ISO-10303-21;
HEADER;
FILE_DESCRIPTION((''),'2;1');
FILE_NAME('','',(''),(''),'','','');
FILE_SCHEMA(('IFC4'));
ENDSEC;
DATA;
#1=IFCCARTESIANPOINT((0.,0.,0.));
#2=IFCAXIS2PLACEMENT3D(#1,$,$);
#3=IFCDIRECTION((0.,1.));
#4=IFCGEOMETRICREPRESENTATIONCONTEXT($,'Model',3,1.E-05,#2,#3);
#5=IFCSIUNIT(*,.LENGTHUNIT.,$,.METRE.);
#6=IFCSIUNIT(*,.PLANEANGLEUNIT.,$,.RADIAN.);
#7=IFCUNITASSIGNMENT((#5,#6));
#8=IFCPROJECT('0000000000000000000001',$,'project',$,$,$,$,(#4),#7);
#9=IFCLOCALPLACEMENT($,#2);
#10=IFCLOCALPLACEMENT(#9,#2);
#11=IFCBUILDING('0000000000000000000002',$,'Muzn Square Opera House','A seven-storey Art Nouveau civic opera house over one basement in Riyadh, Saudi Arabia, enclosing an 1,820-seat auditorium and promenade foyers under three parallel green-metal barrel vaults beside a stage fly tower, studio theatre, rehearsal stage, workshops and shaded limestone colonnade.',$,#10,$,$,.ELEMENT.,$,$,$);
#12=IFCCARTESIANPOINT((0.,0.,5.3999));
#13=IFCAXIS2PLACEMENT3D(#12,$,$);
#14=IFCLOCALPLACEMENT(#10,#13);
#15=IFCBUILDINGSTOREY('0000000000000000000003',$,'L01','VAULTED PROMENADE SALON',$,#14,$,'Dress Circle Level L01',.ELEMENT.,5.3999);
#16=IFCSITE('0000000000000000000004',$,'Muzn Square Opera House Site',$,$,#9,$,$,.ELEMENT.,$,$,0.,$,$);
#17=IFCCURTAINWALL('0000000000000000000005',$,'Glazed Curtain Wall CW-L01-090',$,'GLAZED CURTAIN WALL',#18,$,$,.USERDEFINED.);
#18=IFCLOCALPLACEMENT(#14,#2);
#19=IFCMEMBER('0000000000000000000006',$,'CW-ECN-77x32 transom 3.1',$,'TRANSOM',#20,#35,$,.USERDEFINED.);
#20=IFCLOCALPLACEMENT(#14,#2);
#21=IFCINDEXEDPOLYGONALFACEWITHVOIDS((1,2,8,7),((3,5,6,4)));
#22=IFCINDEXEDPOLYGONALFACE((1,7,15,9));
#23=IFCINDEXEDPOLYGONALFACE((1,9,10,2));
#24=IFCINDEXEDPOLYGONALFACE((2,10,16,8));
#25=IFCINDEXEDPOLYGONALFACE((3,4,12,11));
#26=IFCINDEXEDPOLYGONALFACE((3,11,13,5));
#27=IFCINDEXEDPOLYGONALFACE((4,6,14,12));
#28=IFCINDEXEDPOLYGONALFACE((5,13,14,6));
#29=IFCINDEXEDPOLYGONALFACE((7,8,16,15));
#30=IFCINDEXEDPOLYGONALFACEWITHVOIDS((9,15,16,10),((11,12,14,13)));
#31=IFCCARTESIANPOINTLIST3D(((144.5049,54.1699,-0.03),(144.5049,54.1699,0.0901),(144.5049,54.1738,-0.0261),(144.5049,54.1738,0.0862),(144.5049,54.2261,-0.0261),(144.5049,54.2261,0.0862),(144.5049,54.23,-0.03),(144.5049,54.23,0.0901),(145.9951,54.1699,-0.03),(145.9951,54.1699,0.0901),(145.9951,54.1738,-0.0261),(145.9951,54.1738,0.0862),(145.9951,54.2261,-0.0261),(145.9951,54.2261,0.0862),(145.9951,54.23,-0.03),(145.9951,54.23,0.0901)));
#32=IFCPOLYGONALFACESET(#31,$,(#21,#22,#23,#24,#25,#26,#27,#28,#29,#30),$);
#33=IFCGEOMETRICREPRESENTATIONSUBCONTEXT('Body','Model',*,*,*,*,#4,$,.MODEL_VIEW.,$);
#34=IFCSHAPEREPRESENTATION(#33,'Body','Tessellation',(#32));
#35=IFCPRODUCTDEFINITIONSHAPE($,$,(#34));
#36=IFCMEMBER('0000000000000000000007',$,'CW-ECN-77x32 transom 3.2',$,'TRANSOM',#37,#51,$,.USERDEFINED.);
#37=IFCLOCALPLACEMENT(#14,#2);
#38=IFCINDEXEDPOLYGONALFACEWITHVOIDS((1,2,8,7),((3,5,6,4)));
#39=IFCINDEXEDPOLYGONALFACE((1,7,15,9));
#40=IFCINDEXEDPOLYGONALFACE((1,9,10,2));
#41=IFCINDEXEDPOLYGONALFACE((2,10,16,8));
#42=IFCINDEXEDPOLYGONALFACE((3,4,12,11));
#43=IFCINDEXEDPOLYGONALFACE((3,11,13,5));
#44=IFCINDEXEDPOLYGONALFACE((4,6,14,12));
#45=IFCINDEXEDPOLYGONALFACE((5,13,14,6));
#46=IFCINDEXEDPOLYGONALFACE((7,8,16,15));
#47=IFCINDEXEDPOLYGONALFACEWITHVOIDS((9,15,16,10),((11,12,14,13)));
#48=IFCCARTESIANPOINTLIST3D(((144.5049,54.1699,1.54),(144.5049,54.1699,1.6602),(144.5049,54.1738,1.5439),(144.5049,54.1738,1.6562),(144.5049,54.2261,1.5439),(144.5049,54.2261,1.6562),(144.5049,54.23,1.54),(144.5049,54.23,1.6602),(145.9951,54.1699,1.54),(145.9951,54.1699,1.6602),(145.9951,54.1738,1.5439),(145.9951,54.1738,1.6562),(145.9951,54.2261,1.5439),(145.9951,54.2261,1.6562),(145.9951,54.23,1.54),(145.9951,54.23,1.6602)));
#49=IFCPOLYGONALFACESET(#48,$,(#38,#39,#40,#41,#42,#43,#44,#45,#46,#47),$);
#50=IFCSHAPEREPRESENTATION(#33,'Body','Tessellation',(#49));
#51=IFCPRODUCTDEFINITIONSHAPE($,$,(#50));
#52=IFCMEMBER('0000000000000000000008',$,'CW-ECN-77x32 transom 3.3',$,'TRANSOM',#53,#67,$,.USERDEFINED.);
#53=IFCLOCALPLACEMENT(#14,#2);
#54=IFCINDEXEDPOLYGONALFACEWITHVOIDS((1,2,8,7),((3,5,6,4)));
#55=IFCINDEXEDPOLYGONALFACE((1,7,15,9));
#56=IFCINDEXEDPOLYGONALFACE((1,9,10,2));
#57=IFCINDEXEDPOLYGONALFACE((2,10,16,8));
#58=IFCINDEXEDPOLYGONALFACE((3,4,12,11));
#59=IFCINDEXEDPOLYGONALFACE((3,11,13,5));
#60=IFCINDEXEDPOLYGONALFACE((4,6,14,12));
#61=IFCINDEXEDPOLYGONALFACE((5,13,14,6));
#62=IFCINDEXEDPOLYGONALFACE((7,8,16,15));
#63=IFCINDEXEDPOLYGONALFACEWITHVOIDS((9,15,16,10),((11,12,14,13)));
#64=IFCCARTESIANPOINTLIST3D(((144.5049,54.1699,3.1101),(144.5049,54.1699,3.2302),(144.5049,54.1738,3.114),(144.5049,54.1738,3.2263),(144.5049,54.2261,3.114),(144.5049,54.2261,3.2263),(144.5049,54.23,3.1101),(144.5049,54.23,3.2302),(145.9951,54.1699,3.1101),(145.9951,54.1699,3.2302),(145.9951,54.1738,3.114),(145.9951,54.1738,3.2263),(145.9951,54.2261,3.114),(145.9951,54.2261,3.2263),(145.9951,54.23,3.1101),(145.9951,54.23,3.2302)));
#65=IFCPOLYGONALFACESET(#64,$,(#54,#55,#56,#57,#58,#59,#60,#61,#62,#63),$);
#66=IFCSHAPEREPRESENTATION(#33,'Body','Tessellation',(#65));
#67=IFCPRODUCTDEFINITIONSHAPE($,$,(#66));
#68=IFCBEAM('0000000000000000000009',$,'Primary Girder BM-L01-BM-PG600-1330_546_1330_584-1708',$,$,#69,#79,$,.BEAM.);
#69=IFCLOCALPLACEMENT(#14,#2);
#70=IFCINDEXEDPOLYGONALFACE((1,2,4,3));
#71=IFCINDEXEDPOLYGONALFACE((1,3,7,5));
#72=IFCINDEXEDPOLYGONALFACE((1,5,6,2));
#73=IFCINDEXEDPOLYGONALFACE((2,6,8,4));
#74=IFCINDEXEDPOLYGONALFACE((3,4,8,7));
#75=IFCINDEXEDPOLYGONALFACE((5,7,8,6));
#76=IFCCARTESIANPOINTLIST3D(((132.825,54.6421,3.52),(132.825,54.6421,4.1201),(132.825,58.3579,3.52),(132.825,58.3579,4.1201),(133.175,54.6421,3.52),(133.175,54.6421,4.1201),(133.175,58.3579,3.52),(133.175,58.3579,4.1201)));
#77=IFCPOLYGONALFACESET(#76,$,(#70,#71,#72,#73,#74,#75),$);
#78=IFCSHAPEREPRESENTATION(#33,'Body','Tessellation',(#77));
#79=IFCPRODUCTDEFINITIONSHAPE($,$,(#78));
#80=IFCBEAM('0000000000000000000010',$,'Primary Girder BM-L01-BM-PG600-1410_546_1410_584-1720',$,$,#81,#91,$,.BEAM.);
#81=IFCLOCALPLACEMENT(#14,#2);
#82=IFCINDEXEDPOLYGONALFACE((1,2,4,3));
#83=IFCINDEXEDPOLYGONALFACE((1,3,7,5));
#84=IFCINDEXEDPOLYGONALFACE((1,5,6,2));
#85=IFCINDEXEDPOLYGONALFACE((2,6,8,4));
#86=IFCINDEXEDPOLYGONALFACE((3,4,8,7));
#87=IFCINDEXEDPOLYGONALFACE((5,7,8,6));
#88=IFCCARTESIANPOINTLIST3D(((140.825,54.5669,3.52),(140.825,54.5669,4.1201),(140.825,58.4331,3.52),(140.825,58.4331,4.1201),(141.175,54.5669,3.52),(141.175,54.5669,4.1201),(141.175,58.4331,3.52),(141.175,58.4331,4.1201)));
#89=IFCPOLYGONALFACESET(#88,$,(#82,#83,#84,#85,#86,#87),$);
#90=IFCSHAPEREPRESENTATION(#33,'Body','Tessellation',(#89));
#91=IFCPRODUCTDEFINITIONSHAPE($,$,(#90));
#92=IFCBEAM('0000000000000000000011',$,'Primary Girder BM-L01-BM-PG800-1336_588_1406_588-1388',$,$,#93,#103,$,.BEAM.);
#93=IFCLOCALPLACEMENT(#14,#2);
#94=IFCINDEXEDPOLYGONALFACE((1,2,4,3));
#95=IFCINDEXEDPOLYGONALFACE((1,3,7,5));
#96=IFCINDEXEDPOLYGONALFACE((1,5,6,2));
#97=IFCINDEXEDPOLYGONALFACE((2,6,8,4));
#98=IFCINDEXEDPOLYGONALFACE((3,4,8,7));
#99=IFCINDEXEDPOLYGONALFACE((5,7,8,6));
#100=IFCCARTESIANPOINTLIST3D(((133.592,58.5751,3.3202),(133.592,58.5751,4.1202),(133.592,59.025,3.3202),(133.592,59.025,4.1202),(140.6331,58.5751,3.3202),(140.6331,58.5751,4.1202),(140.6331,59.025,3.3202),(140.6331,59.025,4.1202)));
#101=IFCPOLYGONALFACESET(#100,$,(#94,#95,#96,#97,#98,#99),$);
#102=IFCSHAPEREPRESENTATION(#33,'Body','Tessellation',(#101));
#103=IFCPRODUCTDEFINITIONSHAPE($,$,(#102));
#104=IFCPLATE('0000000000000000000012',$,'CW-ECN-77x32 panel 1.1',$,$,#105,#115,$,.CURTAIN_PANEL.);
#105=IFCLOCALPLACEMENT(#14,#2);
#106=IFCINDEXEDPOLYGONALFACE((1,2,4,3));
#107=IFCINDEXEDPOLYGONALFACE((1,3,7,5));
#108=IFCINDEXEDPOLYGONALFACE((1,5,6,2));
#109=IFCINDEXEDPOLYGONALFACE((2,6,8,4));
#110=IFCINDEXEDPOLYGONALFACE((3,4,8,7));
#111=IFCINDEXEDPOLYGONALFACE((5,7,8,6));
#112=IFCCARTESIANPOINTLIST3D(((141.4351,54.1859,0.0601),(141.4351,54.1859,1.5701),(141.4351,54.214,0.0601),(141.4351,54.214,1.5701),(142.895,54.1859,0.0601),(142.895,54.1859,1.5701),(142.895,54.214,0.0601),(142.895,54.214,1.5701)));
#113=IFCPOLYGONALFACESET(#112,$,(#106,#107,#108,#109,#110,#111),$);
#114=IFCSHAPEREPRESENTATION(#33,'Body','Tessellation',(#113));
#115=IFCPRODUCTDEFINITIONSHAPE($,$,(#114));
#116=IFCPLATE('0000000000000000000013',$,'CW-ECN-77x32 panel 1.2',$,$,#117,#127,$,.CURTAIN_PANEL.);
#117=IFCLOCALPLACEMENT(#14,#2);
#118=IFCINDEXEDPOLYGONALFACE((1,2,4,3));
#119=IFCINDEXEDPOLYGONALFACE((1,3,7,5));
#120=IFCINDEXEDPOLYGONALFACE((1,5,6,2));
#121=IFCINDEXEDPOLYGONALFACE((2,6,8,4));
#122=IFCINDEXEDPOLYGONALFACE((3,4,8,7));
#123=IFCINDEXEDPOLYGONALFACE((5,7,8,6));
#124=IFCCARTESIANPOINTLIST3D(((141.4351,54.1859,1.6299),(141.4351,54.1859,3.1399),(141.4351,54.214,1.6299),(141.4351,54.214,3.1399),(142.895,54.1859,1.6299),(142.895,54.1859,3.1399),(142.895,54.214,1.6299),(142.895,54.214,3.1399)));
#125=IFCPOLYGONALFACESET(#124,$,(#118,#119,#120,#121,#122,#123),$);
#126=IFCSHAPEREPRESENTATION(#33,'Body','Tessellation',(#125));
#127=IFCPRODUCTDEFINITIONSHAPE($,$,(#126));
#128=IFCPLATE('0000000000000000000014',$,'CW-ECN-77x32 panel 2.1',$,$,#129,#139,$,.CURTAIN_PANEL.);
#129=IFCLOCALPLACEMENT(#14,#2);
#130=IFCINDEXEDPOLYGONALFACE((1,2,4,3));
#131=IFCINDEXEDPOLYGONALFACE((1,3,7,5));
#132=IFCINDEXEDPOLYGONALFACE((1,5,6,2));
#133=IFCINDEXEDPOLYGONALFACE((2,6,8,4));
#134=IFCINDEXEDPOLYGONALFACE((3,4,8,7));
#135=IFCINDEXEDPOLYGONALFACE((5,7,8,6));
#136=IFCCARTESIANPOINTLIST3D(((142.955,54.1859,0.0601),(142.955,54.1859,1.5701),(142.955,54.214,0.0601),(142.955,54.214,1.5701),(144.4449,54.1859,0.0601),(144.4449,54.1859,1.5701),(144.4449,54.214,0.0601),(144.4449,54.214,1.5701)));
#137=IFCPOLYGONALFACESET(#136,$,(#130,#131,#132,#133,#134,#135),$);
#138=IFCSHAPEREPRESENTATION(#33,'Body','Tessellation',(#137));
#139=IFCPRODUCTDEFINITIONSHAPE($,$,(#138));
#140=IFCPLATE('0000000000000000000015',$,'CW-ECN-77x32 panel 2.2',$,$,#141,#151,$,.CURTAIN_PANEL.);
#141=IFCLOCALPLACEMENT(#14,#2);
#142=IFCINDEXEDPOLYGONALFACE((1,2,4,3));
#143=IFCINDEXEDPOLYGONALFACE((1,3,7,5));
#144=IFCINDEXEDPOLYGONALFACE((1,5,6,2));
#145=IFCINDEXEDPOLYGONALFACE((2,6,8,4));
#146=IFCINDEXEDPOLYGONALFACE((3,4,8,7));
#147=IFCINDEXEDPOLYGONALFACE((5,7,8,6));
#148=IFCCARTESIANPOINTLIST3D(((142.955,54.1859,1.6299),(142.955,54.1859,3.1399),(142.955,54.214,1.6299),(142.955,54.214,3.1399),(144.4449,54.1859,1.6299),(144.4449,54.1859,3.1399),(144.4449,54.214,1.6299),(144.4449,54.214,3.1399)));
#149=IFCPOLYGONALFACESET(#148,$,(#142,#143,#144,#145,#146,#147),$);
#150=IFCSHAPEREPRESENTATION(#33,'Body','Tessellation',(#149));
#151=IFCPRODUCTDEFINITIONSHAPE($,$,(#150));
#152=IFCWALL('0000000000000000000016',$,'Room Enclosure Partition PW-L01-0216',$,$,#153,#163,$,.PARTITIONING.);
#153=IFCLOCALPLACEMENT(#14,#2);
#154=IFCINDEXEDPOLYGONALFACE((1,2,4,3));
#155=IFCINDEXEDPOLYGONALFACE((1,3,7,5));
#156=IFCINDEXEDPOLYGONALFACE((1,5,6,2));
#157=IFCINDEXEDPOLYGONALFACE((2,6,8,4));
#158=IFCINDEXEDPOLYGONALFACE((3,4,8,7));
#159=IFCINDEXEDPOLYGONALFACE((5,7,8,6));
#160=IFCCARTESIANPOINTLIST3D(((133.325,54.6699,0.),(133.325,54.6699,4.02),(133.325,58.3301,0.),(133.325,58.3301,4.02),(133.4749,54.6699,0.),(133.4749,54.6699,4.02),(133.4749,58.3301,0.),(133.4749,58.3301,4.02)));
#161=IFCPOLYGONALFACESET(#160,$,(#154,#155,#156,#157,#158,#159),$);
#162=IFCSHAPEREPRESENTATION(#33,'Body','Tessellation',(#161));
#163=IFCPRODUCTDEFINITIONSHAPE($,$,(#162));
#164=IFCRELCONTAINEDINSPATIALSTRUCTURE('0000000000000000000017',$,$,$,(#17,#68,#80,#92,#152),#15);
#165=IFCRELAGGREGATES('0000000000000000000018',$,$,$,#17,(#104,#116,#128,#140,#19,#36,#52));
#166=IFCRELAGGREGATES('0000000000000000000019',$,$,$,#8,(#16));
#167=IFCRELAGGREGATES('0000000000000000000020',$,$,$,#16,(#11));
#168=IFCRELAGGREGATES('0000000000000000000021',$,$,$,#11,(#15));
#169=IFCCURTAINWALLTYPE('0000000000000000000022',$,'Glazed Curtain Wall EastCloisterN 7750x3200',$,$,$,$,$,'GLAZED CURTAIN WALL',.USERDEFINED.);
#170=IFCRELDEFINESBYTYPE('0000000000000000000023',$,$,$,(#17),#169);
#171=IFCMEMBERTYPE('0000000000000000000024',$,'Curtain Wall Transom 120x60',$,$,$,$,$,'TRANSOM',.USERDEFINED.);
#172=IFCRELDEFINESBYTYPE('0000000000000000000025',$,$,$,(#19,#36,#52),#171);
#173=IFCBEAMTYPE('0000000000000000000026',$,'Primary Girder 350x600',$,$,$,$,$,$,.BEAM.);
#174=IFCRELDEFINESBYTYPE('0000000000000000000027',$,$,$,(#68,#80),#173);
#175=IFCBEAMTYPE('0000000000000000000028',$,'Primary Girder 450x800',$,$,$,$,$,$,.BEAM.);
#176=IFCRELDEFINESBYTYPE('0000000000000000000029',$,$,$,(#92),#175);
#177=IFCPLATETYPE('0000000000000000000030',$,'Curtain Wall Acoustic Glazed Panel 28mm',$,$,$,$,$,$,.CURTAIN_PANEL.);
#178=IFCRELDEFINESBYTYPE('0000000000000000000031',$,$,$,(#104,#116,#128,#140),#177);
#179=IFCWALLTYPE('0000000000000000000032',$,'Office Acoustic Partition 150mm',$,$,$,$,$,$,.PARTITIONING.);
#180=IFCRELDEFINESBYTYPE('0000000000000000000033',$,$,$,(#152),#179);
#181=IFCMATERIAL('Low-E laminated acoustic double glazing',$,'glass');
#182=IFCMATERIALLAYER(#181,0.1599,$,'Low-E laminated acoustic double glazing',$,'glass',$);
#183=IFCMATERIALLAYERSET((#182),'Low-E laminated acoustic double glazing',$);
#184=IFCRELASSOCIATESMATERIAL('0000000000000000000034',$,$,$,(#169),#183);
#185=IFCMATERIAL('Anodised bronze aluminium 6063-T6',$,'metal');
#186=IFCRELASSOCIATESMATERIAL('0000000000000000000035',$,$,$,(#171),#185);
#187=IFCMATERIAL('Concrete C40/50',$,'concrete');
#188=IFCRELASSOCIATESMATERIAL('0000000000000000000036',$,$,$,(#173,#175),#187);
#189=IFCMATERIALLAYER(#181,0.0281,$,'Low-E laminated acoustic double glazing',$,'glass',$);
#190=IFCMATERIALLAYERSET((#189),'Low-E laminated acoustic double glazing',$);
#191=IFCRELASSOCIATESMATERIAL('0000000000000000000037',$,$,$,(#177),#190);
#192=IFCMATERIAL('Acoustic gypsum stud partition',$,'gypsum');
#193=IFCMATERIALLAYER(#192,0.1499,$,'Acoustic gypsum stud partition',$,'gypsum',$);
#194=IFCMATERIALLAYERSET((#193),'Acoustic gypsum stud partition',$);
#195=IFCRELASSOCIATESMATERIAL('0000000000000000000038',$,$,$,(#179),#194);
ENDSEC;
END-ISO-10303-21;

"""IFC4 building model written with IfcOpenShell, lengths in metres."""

from ifc_helpers import new_model, si_unit, direction, frame, frame_2d, origin, origin_2d, place, context, subcontext, project, spatial, rectangle, hollow_rectangle, extrude, material, layer, layer_set, material_profile, profile_set, type_object, element, aggregate, save


model = new_model("IFC4")

# Units and contexts
model_context = context("Model", 3, precision=1e-05, world=origin(), true_north=direction((0.0, 1.0)))
body_context = subcontext(model_context, "Body", "Model", "MODEL_VIEW")
ifc_project = project(units=[si_unit("LENGTHUNIT", "METRE"), si_unit("PLANEANGLEUNIT", "RADIAN")], contexts=[model_context])

# Site, building, storey
site_placement = place(None, origin())
site = spatial("IfcSite", under=ifc_project, at=site_placement, Name="Muzn Square Opera House Site", CompositionType="ELEMENT", RefElevation=0.0)
building_placement = place(site_placement, origin())
building = spatial("IfcBuilding", under=site, at=building_placement, Name="Muzn Square Opera House", Description="A seven-storey Art Nouveau civic opera house over one basement in Riyadh, Saudi Arabia, enclosing an 1,820-seat auditorium and promenade foyers under three parallel green-metal barrel vaults beside a stage fly tower, studio theatre, rehearsal stage, workshops and shaded limestone colonnade.", CompositionType="ELEMENT")
storey_placement = place(building_placement, frame((0.0, 0.0, 5.3999)))
storey = spatial("IfcBuildingStorey", under=building, at=storey_placement, Name="L01", Description="VAULTED PROMENADE SALON", LongName="Dress Circle Level L01", CompositionType="ELEMENT", Elevation=5.3999)

# Curtain wall, members
ifc_material_1 = material(Name="Low-E laminated acoustic double glazing", Category="glass")
ifc_layer_1 = layer(ifc_material_1, 0.1599, Name="Low-E laminated acoustic double glazing", Category="glass")
ifc_layer_set_1 = layer_set([ifc_layer_1], Name="Low-E laminated acoustic double glazing")
curtain_wall_type = type_object("IfcCurtainWallType", Name="Glazed Curtain Wall EastCloisterN 7750x3200", ElementType="GLAZED CURTAIN WALL", PredefinedType="USERDEFINED", material=ifc_layer_set_1)
curtain_wall_placement = place(storey_placement, origin())
curtain_wall = element("IfcCurtainWall", 1, at=curtain_wall_placement, inside=storey, type_object=curtain_wall_type, Name="Glazed Curtain Wall CW-L01-090", ObjectType="GLAZED CURTAIN WALL", PredefinedType="USERDEFINED")
ifc_material_2 = material(Name="Anodised bronze aluminium 6063-T6", Category="metal")
ifc_material_profile_1 = material_profile(ifc_material_2, hollow_rectangle(XDim=0.0601, YDim=0.1201, WallThickness=0.0039, at=origin_2d()), Name="ALU 120x60x4", Category="metal")
ifc_profile_set_1 = profile_set([ifc_material_profile_1], Name="Anodised bronze aluminium 6063-T6")
member_type_1 = type_object("IfcMemberType", Name="Curtain Wall Transom 120x60", ElementType="TRANSOM", PredefinedType="USERDEFINED", material=ifc_profile_set_1)
member_1_placement = place(storey_placement, frame((144.5049, 54.2, 0.03), z_axis=(1.0, 0.0, 0.0), x_axis=(0.0, 1.0, 0.0)))
member_1 = element("IfcMember", 2, at=member_1_placement, type_object=member_type_1, Name="CW-ECN-77x32 transom 3.1", ObjectType="TRANSOM", PredefinedType="USERDEFINED", context=body_context, shape_type="SweptSolid", body=[
    extrude(hollow_rectangle(XDim=0.0601, YDim=0.1201, WallThickness=0.0039, at=origin_2d()), origin(), (0.0, 0.0, 1.0), 1.4902),
])
member_2_placement = place(storey_placement, frame((144.5049, 54.2, 1.6001), z_axis=(1.0, 0.0, 0.0), x_axis=(0.0, 1.0, 0.0)))
member_2 = element("IfcMember", 3, at=member_2_placement, type_object=member_type_1, Name="CW-ECN-77x32 transom 3.2", ObjectType="TRANSOM", PredefinedType="USERDEFINED", context=body_context, shape_type="SweptSolid", body=[
    extrude(hollow_rectangle(XDim=0.0601, YDim=0.1201, WallThickness=0.0039, at=origin_2d()), origin(), (0.0, 0.0, 1.0), 1.4902),
])
member_3_placement = place(storey_placement, frame((144.5049, 54.2, 3.1702), z_axis=(1.0, 0.0, 0.0), x_axis=(0.0, 1.0, 0.0)))
member_3 = element("IfcMember", 4, at=member_3_placement, type_object=member_type_1, Name="CW-ECN-77x32 transom 3.3", ObjectType="TRANSOM", PredefinedType="USERDEFINED", context=body_context, shape_type="SweptSolid", body=[
    extrude(hollow_rectangle(XDim=0.0601, YDim=0.1201, WallThickness=0.0039, at=origin_2d()), origin(), (0.0, 0.0, 1.0), 1.4902),
])

# Beams
ifc_material_3 = material(Name="Concrete C40/50", Category="concrete")
ifc_material_profile_2 = material_profile(ifc_material_3, rectangle(XDim=0.3501, YDim=0.6001, at=origin_2d()), Name="RCB 350x600", Category="concrete")
ifc_profile_set_2 = profile_set([ifc_material_profile_2], Name="Concrete C40/50")
beam_type_1 = type_object("IfcBeamType", Name="Primary Girder 350x600", PredefinedType="BEAM", material=ifc_profile_set_2)
beam_1_placement = place(storey_placement, frame((133.0, 54.6421, 3.8201), z_axis=(0.0, 1.0, 0.0), x_axis=(-1.0, 0.0, 0.0)))
element("IfcBeam", 5, at=beam_1_placement, inside=storey, type_object=beam_type_1, Name="Primary Girder BM-L01-BM-PG600-1330_546_1330_584-1708", PredefinedType="BEAM", context=body_context, shape_type="SweptSolid", body=[
    extrude(rectangle(XDim=0.3501, YDim=0.6001, at=origin_2d()), origin(), (0.0, 0.0, 1.0), 3.7158),
])
beam_2_placement = place(storey_placement, frame((141.0, 54.5669, 3.8201), z_axis=(0.0, 1.0, 0.0), x_axis=(-1.0, 0.0, 0.0)))
element("IfcBeam", 6, at=beam_2_placement, inside=storey, type_object=beam_type_1, Name="Primary Girder BM-L01-BM-PG600-1410_546_1410_584-1720", PredefinedType="BEAM", context=body_context, shape_type="SweptSolid", body=[
    extrude(rectangle(XDim=0.3501, YDim=0.6001, at=origin_2d()), origin(), (0.0, 0.0, 1.0), 3.8662),
])
ifc_material_profile_3 = material_profile(ifc_material_3, rectangle(XDim=0.45, YDim=0.8, at=origin_2d()), Name="RCB 450x800", Category="concrete")
ifc_profile_set_3 = profile_set([ifc_material_profile_3], Name="Concrete C40/50")
beam_type_2 = type_object("IfcBeamType", Name="Primary Girder 450x800", PredefinedType="BEAM", material=ifc_profile_set_3)
beam_3_placement = place(storey_placement, frame((133.592, 58.8, 3.7202), z_axis=(1.0, 0.0, 0.0), x_axis=(0.0, 1.0, 0.0)))
element("IfcBeam", 7, at=beam_3_placement, inside=storey, type_object=beam_type_2, Name="Primary Girder BM-L01-BM-PG800-1336_588_1406_588-1388", PredefinedType="BEAM", context=body_context, shape_type="SweptSolid", body=[
    extrude(rectangle(XDim=0.45, YDim=0.8, at=origin_2d()), origin(), (0.0, 0.0, 1.0), 7.041),
])

# Plates
ifc_layer_2 = layer(ifc_material_1, 0.0281, Name="Low-E laminated acoustic double glazing", Category="glass")
ifc_layer_set_2 = layer_set([ifc_layer_2], Name="Low-E laminated acoustic double glazing")
plate_type = type_object("IfcPlateType", Name="Curtain Wall Acoustic Glazed Panel 28mm", PredefinedType="CURTAIN_PANEL", material=ifc_layer_set_2)
plate_1_placement = place(storey_placement, frame((142.165, 54.2, 0.0601), z_axis=(0.0, 0.0, 1.0), x_axis=(1.0, 0.0, 0.0)))
plate_1 = element("IfcPlate", 8, at=plate_1_placement, type_object=plate_type, Name="CW-ECN-77x32 panel 1.1", PredefinedType="CURTAIN_PANEL", context=body_context, shape_type="SweptSolid", body=[
    extrude(rectangle(XDim=1.46, YDim=0.0281, at=origin_2d()), origin(), (0.0, 0.0, 1.0), 1.51),
])
plate_2_placement = place(storey_placement, frame((142.165, 54.2, 1.6299), z_axis=(0.0, 0.0, 1.0), x_axis=(1.0, 0.0, 0.0)))
plate_2 = element("IfcPlate", 9, at=plate_2_placement, type_object=plate_type, Name="CW-ECN-77x32 panel 1.2", PredefinedType="CURTAIN_PANEL", context=body_context, shape_type="SweptSolid", body=[
    extrude(rectangle(XDim=1.46, YDim=0.0281, at=origin_2d()), origin(), (0.0, 0.0, 1.0), 1.51),
])
plate_3_placement = place(storey_placement, frame((143.7, 54.2, 0.0601), z_axis=(0.0, 0.0, 1.0), x_axis=(1.0, 0.0, 0.0)))
plate_3 = element("IfcPlate", 10, at=plate_3_placement, type_object=plate_type, Name="CW-ECN-77x32 panel 2.1", PredefinedType="CURTAIN_PANEL", context=body_context, shape_type="SweptSolid", body=[
    extrude(rectangle(XDim=1.49, YDim=0.0281, at=origin_2d()), origin(), (0.0, 0.0, 1.0), 1.51),
])
plate_4_placement = place(storey_placement, frame((143.7, 54.2, 1.6299), z_axis=(0.0, 0.0, 1.0), x_axis=(1.0, 0.0, 0.0)))
plate_4 = element("IfcPlate", 11, at=plate_4_placement, type_object=plate_type, Name="CW-ECN-77x32 panel 2.2", PredefinedType="CURTAIN_PANEL", context=body_context, shape_type="SweptSolid", body=[
    extrude(rectangle(XDim=1.49, YDim=0.0281, at=origin_2d()), origin(), (0.0, 0.0, 1.0), 1.51),
])
aggregate(curtain_wall, [plate_1, plate_2, plate_3, plate_4, member_1, member_2, member_3])

# Wall
ifc_material_4 = material(Name="Acoustic gypsum stud partition", Category="gypsum")
ifc_layer_3 = layer(ifc_material_4, 0.1499, Name="Acoustic gypsum stud partition", Category="gypsum")
ifc_layer_set_3 = layer_set([ifc_layer_3], Name="Acoustic gypsum stud partition")
wall_type = type_object("IfcWallType", Name="Office Acoustic Partition 150mm", PredefinedType="PARTITIONING", material=ifc_layer_set_3)
wall_placement = place(storey_placement, frame((133.3999, 54.6699, 0.0), z_axis=(0.0, 0.0, 1.0), x_axis=(0.0, 1.0, 0.0)))
element("IfcWall", 12, at=wall_placement, inside=storey, type_object=wall_type, Name="Room Enclosure Partition PW-L01-0216", PredefinedType="PARTITIONING", context=body_context, shape_type="SweptSolid", body=[
    extrude(rectangle(XDim=3.6602, YDim=0.1499, at=frame_2d((1.8301, 0.0))), origin(), (0.0, 0.0, 1.0), 4.02),
])

save(model, "model.ifc")
